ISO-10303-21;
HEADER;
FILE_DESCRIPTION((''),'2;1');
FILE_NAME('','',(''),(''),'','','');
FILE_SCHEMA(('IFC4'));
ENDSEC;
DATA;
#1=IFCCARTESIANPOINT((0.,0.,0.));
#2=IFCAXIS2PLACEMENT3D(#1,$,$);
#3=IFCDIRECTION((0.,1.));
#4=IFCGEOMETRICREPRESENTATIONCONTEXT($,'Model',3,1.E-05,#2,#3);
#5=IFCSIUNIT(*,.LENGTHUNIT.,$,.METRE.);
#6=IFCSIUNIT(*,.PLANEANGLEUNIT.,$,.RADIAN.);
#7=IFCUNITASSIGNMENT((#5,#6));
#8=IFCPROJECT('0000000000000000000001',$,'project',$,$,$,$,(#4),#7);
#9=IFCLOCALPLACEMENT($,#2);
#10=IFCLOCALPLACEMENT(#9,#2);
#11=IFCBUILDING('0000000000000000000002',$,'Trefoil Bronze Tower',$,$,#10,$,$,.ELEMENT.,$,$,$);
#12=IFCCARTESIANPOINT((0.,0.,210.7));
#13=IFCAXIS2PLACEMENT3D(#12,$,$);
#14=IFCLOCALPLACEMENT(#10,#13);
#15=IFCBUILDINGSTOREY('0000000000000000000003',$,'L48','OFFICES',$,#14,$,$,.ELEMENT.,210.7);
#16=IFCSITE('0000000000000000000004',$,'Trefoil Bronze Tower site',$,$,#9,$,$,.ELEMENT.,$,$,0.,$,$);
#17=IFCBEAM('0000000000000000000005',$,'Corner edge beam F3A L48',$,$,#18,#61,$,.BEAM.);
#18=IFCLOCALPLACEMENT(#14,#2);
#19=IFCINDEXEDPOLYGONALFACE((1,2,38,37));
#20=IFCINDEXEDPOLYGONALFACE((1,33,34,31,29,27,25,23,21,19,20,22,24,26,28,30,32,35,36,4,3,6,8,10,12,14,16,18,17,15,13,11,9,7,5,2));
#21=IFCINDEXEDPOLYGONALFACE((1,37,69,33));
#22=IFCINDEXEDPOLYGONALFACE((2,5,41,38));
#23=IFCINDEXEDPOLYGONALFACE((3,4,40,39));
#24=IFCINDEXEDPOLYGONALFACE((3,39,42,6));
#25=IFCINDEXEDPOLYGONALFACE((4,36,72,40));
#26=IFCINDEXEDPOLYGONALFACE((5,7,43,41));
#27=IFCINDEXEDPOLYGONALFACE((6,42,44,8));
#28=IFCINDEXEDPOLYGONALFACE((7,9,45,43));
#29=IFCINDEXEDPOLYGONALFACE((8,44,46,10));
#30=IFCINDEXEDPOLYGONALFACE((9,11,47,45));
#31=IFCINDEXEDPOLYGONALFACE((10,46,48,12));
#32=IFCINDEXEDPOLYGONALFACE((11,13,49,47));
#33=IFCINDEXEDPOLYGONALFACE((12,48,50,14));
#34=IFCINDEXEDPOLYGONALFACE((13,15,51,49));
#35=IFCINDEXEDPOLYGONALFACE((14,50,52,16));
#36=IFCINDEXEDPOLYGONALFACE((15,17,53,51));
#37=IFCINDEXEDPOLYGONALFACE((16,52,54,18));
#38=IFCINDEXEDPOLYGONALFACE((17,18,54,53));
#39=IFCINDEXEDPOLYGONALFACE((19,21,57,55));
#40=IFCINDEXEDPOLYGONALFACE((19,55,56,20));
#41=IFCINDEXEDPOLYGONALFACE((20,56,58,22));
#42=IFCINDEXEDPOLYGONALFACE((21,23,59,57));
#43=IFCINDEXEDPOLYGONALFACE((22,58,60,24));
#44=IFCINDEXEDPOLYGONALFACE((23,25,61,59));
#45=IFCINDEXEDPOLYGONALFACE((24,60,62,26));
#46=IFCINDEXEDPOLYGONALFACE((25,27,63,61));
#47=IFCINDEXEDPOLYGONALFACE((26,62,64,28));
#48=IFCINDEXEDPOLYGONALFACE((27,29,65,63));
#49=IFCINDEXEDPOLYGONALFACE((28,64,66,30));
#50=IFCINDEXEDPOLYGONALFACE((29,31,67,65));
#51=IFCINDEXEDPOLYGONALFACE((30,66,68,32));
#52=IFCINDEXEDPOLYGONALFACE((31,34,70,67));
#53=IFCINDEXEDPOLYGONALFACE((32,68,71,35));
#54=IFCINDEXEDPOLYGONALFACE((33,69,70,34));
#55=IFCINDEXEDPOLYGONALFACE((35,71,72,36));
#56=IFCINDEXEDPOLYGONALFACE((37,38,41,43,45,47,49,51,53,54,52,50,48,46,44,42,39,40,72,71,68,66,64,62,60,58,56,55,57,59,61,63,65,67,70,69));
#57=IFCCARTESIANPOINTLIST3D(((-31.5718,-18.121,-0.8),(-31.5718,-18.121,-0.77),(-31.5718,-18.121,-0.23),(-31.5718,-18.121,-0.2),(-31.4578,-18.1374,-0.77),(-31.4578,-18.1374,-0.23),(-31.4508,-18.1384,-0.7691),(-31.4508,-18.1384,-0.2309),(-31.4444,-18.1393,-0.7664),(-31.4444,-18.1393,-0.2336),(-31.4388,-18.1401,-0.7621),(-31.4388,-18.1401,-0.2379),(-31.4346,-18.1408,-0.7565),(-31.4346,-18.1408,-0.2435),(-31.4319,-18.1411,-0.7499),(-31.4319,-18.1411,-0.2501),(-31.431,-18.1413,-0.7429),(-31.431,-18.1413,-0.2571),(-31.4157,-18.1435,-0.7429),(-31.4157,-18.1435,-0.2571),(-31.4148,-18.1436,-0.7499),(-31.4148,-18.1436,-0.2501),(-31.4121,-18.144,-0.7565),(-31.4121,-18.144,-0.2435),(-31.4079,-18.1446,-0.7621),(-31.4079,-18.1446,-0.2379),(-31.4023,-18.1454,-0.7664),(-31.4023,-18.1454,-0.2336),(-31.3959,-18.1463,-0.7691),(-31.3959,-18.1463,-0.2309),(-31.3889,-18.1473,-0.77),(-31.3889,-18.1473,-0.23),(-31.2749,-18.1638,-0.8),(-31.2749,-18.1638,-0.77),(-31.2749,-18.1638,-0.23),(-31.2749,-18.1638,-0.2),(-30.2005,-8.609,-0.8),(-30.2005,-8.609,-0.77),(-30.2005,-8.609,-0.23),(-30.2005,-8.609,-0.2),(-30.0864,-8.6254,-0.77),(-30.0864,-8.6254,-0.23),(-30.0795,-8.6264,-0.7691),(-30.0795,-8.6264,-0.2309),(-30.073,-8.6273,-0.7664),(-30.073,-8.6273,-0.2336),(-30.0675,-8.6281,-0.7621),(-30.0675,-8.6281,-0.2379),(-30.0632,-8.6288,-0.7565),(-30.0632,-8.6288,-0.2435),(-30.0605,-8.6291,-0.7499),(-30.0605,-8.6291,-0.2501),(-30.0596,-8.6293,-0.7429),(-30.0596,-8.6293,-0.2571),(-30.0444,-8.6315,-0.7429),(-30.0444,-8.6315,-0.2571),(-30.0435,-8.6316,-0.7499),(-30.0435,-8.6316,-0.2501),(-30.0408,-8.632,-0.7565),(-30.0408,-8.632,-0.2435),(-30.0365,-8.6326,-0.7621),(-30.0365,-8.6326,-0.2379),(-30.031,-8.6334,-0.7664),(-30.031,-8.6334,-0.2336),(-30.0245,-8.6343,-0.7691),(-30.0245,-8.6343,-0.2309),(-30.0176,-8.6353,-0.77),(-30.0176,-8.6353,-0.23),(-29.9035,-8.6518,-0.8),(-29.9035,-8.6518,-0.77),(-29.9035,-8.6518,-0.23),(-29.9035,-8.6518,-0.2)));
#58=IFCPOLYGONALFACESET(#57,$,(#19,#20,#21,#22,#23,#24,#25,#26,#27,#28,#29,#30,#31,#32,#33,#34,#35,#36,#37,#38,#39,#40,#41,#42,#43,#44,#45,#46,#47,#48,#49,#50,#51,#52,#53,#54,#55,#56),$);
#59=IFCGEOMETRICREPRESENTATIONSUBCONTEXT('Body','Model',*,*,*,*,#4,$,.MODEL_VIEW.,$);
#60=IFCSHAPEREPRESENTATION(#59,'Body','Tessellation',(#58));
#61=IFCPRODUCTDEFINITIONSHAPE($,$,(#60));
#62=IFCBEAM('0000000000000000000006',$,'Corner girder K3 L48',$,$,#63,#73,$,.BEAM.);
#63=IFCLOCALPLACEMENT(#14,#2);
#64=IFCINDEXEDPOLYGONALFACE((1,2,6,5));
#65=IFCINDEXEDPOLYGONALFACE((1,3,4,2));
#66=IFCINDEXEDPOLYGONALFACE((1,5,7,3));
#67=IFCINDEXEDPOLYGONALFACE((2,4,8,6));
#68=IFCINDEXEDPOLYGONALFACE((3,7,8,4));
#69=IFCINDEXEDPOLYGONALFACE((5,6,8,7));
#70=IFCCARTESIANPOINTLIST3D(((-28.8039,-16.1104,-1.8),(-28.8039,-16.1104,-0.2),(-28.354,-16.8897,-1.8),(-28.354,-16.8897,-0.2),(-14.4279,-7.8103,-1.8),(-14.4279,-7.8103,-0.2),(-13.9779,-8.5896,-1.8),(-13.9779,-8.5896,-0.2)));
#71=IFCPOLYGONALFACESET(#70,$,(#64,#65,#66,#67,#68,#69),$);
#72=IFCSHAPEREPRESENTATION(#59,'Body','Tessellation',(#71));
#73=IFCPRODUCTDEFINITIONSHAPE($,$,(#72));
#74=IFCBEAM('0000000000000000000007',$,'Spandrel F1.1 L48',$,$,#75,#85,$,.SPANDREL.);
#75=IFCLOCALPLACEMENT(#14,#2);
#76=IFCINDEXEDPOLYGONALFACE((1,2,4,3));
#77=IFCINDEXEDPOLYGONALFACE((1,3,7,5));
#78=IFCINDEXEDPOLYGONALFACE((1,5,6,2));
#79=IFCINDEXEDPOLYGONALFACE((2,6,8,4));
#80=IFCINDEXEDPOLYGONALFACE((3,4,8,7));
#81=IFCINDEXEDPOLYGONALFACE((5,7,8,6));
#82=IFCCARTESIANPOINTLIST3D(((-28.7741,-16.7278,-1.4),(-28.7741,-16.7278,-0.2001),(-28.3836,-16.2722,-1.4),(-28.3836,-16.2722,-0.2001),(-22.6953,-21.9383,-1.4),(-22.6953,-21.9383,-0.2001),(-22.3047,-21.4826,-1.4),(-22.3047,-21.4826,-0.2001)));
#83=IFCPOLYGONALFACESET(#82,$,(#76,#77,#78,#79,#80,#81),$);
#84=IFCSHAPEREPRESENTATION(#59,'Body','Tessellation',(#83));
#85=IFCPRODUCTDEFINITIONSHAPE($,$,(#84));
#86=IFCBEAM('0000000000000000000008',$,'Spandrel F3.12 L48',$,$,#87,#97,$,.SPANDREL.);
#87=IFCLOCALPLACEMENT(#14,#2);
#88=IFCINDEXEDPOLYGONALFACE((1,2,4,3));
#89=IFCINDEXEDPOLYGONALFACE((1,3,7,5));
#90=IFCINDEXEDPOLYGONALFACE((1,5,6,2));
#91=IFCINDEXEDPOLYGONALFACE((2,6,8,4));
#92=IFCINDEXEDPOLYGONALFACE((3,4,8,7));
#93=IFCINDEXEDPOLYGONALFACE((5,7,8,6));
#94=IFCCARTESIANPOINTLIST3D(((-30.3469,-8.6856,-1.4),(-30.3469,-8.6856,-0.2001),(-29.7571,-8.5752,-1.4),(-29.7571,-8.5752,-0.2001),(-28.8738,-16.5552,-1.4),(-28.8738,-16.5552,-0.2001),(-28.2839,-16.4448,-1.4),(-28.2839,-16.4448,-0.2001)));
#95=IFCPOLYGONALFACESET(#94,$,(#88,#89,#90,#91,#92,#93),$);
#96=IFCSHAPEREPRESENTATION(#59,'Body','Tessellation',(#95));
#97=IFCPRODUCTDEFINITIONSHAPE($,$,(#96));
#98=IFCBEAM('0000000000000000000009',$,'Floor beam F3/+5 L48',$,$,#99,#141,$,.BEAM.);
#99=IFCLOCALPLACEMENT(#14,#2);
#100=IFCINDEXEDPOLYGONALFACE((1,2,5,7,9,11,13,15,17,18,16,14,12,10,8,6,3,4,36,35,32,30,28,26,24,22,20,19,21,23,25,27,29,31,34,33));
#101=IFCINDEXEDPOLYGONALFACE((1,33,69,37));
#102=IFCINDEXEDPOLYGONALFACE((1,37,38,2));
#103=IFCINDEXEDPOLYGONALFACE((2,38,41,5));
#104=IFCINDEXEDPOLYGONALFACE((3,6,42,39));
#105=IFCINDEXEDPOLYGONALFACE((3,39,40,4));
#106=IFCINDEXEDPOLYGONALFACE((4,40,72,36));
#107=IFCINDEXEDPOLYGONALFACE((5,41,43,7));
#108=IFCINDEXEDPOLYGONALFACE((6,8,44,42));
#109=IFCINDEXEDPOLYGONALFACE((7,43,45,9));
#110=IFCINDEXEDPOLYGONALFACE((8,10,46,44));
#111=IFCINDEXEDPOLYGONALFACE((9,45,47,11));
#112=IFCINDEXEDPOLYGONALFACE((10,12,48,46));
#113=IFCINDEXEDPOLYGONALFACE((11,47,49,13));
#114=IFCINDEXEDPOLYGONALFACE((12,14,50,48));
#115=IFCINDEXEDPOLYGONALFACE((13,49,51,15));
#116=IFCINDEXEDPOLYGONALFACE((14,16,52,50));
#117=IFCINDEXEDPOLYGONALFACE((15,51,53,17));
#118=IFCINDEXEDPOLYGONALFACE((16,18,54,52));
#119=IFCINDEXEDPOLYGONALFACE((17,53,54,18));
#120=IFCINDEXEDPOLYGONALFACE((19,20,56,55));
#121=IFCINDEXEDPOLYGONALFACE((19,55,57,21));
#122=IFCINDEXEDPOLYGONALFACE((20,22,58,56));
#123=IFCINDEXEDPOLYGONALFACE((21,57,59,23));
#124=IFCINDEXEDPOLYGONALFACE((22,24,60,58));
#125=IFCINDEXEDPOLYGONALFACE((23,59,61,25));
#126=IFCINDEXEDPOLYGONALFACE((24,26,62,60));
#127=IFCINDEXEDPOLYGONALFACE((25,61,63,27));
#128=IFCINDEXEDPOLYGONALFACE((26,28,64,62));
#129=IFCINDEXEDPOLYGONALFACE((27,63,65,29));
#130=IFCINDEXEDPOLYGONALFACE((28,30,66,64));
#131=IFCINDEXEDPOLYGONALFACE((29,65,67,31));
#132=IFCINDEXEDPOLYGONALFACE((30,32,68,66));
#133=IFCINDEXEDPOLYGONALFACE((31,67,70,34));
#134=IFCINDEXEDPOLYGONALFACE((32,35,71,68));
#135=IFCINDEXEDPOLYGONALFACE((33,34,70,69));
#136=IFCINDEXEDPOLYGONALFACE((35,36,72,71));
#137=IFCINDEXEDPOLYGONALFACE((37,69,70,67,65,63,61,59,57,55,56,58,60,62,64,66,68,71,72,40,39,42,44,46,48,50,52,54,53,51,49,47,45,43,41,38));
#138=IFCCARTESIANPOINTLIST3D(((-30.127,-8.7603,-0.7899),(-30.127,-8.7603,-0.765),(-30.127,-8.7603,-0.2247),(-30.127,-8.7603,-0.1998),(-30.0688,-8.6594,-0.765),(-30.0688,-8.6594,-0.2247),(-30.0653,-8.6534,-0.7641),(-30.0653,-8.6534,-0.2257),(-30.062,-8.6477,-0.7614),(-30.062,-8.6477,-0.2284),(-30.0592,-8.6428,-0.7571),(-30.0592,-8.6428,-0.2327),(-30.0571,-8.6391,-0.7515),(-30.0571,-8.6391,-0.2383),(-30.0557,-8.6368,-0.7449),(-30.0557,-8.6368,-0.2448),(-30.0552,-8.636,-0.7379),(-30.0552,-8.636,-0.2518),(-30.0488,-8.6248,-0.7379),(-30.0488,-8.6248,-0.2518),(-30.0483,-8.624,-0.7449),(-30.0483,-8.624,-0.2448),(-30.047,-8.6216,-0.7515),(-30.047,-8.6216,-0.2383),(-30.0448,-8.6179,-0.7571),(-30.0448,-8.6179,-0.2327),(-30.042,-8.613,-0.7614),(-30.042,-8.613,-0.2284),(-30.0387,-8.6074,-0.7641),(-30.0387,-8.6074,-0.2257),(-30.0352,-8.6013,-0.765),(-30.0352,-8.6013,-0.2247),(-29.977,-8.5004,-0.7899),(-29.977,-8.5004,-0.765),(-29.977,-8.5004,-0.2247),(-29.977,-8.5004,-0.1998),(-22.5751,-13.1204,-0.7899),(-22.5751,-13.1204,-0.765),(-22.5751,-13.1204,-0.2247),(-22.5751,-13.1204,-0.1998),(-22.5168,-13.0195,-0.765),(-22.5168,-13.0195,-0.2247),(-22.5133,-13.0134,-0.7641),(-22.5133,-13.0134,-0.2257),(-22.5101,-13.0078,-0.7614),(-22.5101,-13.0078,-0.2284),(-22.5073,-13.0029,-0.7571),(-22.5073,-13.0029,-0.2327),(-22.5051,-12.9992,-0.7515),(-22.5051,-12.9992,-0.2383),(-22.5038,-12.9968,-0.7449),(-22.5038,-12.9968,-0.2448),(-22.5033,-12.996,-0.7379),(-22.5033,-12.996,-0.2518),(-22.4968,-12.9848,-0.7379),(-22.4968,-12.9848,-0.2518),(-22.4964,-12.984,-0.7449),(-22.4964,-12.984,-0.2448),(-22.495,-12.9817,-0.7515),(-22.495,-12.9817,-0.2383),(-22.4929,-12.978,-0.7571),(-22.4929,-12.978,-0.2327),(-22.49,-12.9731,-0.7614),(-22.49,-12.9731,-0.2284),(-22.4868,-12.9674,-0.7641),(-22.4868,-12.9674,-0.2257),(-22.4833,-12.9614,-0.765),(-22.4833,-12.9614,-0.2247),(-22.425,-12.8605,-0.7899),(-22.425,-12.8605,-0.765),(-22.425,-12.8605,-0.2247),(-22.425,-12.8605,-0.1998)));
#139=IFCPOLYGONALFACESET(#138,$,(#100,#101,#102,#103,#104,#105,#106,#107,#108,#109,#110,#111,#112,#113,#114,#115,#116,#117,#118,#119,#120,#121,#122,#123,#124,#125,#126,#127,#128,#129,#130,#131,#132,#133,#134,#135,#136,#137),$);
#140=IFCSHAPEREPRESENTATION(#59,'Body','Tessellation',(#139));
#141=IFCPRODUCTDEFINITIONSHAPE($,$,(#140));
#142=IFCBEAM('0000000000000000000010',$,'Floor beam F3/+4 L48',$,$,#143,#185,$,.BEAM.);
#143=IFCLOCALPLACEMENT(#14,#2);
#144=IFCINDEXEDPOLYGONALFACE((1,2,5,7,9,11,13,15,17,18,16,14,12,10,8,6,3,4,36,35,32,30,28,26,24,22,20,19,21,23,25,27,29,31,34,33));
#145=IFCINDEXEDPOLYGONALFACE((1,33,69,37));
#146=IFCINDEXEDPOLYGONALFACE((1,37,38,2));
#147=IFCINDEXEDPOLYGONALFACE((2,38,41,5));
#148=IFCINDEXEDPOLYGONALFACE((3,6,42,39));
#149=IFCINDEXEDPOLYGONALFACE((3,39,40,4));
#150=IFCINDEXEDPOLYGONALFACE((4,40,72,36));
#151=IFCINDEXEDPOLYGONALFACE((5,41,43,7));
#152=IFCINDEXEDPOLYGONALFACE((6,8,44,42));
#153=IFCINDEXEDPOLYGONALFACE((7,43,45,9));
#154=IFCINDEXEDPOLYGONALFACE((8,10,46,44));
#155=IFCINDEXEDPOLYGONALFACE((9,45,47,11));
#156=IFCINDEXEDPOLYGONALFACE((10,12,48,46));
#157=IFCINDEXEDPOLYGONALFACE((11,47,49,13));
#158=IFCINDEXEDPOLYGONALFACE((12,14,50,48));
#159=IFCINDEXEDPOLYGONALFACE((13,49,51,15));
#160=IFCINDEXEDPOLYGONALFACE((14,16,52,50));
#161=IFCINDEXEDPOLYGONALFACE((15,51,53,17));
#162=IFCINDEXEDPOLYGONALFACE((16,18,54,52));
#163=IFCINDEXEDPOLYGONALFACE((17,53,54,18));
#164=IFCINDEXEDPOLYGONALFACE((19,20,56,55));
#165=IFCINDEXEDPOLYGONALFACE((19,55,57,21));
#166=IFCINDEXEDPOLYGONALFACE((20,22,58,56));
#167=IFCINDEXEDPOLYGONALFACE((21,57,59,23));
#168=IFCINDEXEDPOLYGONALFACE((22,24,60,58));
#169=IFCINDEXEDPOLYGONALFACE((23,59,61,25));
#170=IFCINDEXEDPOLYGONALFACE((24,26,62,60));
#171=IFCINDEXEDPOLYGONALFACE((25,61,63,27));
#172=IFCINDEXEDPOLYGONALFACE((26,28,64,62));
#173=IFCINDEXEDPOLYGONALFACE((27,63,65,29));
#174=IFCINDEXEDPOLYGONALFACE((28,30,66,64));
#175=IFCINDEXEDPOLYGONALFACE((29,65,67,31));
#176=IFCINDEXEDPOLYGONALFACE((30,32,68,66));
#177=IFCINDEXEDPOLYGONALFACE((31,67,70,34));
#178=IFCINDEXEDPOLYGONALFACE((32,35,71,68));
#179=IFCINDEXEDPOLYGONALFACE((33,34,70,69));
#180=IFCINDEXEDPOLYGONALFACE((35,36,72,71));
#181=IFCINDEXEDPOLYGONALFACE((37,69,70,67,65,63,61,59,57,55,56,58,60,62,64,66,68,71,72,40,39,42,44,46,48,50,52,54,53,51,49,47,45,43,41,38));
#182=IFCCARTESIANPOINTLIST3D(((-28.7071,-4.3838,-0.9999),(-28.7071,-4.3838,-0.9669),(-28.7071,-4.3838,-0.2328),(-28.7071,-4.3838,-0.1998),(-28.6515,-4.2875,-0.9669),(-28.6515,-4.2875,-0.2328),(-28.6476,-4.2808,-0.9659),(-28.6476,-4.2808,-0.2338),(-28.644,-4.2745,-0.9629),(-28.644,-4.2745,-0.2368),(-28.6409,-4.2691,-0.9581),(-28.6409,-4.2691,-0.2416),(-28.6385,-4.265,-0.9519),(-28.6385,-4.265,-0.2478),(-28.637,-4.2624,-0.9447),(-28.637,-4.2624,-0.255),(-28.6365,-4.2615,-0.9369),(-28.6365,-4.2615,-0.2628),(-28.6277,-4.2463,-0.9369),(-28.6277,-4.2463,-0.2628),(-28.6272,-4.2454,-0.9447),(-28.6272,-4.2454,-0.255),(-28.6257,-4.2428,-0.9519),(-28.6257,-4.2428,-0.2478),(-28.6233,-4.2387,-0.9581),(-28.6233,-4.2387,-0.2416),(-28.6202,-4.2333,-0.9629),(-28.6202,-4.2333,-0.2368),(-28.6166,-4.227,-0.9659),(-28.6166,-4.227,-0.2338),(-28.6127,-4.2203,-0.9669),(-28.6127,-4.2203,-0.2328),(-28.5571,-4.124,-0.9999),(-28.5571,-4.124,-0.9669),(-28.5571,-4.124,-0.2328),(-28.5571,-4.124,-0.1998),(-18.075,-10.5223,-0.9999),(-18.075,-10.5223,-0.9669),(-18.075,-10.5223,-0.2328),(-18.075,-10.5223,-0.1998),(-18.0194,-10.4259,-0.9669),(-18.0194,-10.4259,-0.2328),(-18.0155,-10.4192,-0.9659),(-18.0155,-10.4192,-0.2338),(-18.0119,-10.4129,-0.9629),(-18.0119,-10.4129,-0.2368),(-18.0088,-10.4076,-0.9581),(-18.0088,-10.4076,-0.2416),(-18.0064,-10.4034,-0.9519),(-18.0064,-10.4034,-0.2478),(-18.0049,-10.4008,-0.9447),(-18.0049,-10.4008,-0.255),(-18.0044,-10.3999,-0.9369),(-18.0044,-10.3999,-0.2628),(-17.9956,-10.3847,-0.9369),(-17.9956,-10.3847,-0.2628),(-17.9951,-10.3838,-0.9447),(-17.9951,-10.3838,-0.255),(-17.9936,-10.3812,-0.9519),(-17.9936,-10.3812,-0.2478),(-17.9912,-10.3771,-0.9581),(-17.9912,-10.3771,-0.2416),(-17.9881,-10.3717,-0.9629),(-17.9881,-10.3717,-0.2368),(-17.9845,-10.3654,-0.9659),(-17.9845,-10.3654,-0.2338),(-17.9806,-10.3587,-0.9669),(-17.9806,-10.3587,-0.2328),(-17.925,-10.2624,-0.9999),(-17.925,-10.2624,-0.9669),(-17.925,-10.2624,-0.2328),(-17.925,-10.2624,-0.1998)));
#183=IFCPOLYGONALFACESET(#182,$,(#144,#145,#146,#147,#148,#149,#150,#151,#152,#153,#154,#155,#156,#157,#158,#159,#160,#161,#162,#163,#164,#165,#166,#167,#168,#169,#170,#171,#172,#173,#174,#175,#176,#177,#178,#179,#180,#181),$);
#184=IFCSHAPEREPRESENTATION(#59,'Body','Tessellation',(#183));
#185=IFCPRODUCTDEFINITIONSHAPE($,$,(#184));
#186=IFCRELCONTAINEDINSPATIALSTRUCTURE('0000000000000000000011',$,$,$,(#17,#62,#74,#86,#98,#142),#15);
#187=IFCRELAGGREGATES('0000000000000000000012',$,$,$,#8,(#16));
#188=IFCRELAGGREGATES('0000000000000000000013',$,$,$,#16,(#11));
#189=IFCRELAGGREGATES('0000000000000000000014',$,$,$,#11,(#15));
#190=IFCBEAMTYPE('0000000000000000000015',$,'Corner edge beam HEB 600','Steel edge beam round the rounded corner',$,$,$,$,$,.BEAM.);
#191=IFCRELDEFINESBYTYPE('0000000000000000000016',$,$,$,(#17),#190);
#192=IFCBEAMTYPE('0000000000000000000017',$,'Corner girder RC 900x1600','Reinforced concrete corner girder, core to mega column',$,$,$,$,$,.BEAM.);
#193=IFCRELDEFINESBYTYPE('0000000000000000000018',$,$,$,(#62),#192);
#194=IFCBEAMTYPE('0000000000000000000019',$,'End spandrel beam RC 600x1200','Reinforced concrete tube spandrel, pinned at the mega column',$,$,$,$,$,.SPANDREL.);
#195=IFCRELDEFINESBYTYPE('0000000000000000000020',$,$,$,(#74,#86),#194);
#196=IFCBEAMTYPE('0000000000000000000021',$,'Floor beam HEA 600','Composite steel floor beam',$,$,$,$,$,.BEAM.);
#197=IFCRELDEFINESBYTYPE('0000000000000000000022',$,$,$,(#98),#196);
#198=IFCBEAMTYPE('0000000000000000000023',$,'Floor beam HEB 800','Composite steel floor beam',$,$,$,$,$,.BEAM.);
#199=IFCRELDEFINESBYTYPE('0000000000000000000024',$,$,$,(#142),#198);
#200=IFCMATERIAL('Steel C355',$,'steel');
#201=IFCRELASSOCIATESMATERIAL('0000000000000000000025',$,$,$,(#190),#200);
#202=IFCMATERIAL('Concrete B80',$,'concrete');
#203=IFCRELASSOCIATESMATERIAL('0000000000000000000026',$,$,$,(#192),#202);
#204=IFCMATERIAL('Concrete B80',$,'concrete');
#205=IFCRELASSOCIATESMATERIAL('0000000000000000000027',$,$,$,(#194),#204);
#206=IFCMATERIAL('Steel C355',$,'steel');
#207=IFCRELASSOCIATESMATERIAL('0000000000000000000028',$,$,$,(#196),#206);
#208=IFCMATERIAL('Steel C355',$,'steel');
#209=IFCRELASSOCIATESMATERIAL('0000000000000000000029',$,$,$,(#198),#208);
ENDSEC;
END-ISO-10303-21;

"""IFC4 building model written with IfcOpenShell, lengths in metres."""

from ifc_helpers import new_model, si_unit, direction, frame, origin, origin_2d, place, context, subcontext, project, spatial, rectangle, i_section, extrude, material, material_profile, profile_set, type_object, element, save


model = new_model("IFC4")

# Units and contexts
model_context = context("Model", 3, precision=1e-05, world=origin(), true_north=direction((0.0, 1.0)))
body_context = subcontext(model_context, "Body", "Model", "MODEL_VIEW")
ifc_project = project(units=[si_unit("LENGTHUNIT", "METRE"), si_unit("PLANEANGLEUNIT", "RADIAN")], contexts=[model_context])

# Site, building, storey
site_placement = place(None, origin())
site = spatial("IfcSite", under=ifc_project, at=site_placement, Name="Trefoil Bronze Tower site", CompositionType="ELEMENT", RefElevation=0.0)
building_placement = place(site_placement, origin())
building = spatial("IfcBuilding", under=site, at=building_placement, Name="Trefoil Bronze Tower", CompositionType="ELEMENT")
storey_placement = place(building_placement, frame((0.0, 0.0, 210.7)))
storey = spatial("IfcBuildingStorey", under=building, at=storey_placement, Name="L48", Description="OFFICES", CompositionType="ELEMENT", Elevation=210.7)

# Beams
ifc_material_1 = material(Name="Steel C355", Category="steel")
ifc_material_profile_1 = material_profile(ifc_material_1, i_section(OverallWidth=0.3, OverallDepth=0.6001, WebThickness=0.0154, FlangeThickness=0.03, FilletRadius=0.0271, at=origin_2d()), Name="HEB 600")
ifc_profile_set_1 = profile_set([ifc_material_profile_1], Name="Steel C355")
beam_type_1 = type_object("IfcBeamType", Name="Corner edge beam HEB 600", Description="Steel edge beam round the rounded corner", PredefinedType="BEAM", material=ifc_profile_set_1)
beam_1_placement = place(storey_placement, frame((-30.052, -8.6304, -0.5), z_axis=(-0.142694, -0.989767, 0.0), x_axis=(0.989767, -0.142694, 0.0)))
element("IfcBeam", 1, at=beam_1_placement, inside=storey, type_object=beam_type_1, Name="Corner edge beam F3A L48", PredefinedType="BEAM", context=body_context, shape_type="SweptSolid", body=[
    extrude(i_section(OverallWidth=0.3, OverallDepth=0.6001, WebThickness=0.0154, FlangeThickness=0.03, FilletRadius=0.0271, at=origin_2d()), origin(), (0.0, 0.0, 1.0), 9.6104),
])
ifc_material_2 = material(Name="Concrete B80", Category="concrete")
ifc_material_profile_2 = material_profile(ifc_material_2, rectangle(XDim=0.8999, YDim=1.6001, at=origin_2d()), Name="RC 900x1600")
ifc_profile_set_2 = profile_set([ifc_material_profile_2], Name="Concrete B80")
beam_type_2 = type_object("IfcBeamType", Name="Corner girder RC 900x1600", Description="Reinforced concrete corner girder, core to mega column", PredefinedType="BEAM", material=ifc_profile_set_2)
beam_2_placement = place(storey_placement, frame((-14.2029, -8.2, -1.0), z_axis=(-0.866023, -0.500003, 0.0), x_axis=(0.500003, -0.866023, 0.0)))
element("IfcBeam", 2, at=beam_2_placement, inside=storey, type_object=beam_type_2, Name="Corner girder K3 L48", PredefinedType="BEAM", context=body_context, shape_type="SweptSolid", body=[
    extrude(rectangle(XDim=0.8999, YDim=1.6001, at=origin_2d()), origin(), (0.0, 0.0, 1.0), 16.6001),
])
ifc_material_3 = material(Name="Concrete B80", Category="concrete")
ifc_material_profile_3 = material_profile(ifc_material_3, rectangle(XDim=0.6001, YDim=1.2, at=origin_2d()), Name="RC 600x1200")
ifc_profile_set_3 = profile_set([ifc_material_profile_3], Name="Concrete B80")
beam_type_3 = type_object("IfcBeamType", Name="End spandrel beam RC 600x1200", Description="Reinforced concrete tube spandrel, pinned at the mega column", PredefinedType="SPANDREL", material=ifc_profile_set_3)
for number, where, z_axis, x_axis, name in (
    (3, (-28.5789, -16.5, -0.8), (0.759257, -0.650791, 0.0), (0.650791, 0.759257, 0.0), "Spandrel F1.1 L48"),
    (4, (-30.052, -8.6304, -0.8), (0.183998, -0.982927, 0.0), (0.982927, 0.183998, 0.0), "Spandrel F3.12 L48"),
):
    element("IfcBeam", number, at=place(storey_placement, frame(where, z_axis=z_axis, x_axis=x_axis)), inside=storey, type_object=beam_type_3, Name=name, PredefinedType="SPANDREL", context=body_context, shape_type="SweptSolid", body=[
        extrude(rectangle(XDim=0.6001, YDim=1.2, at=origin_2d()), origin(), (0.0, 0.0, 1.0), 8.0063),
    ])
ifc_material_4 = material(Name="Steel C355", Category="steel")
ifc_material_profile_4 = material_profile(ifc_material_4, i_section(OverallWidth=0.3, OverallDepth=0.5901, WebThickness=0.0129, FlangeThickness=0.0249, FilletRadius=0.0271, at=origin_2d()), Name="HEA 600")
ifc_profile_set_4 = profile_set([ifc_material_profile_4], Name="Steel C355")
beam_type_4 = type_object("IfcBeamType", Name="Floor beam HEA 600", Description="Composite steel floor beam", PredefinedType="BEAM", material=ifc_profile_set_4)
beam_3_placement = place(storey_placement, frame((-30.052, -8.6304, -0.4949), z_axis=(0.866028, -0.499996, 0.0), x_axis=(0.499996, 0.866028, 0.0)))
element("IfcBeam", 5, at=beam_3_placement, inside=storey, type_object=beam_type_4, Name="Floor beam F3/+5 L48", PredefinedType="BEAM", context=body_context, shape_type="SweptSolid", body=[
    extrude(i_section(OverallWidth=0.3, OverallDepth=0.5901, WebThickness=0.0129, FlangeThickness=0.0249, FilletRadius=0.0271, at=origin_2d()), origin(), (0.0, 0.0, 1.0), 8.7202),
])
ifc_material_5 = material(Name="Steel C355", Category="steel")
ifc_material_profile_5 = material_profile(ifc_material_5, i_section(OverallWidth=0.3, OverallDepth=0.8, WebThickness=0.0176, FlangeThickness=0.033, FilletRadius=0.03, at=origin_2d()), Name="HEB 800")
ifc_profile_set_5 = profile_set([ifc_material_profile_5], Name="Steel C355")
beam_type_5 = type_object("IfcBeamType", Name="Floor beam HEB 800", Description="Composite steel floor beam", PredefinedType="BEAM", material=ifc_profile_set_5)
beam_4_placement = place(storey_placement, frame((-28.6321, -4.2539, -0.5999), z_axis=(0.866026, -0.5, 0.0), x_axis=(0.5, 0.866026, 0.0)))
element("IfcBeam", 6, at=beam_4_placement, inside=storey, type_object=beam_type_5, Name="Floor beam F3/+4 L48", PredefinedType="BEAM", context=body_context, shape_type="SweptSolid", body=[
    extrude(i_section(OverallWidth=0.3, OverallDepth=0.8, WebThickness=0.0176, FlangeThickness=0.033, FilletRadius=0.03, at=origin_2d()), origin(), (0.0, 0.0, 1.0), 12.2769),
])

save(model, "model.ifc")
